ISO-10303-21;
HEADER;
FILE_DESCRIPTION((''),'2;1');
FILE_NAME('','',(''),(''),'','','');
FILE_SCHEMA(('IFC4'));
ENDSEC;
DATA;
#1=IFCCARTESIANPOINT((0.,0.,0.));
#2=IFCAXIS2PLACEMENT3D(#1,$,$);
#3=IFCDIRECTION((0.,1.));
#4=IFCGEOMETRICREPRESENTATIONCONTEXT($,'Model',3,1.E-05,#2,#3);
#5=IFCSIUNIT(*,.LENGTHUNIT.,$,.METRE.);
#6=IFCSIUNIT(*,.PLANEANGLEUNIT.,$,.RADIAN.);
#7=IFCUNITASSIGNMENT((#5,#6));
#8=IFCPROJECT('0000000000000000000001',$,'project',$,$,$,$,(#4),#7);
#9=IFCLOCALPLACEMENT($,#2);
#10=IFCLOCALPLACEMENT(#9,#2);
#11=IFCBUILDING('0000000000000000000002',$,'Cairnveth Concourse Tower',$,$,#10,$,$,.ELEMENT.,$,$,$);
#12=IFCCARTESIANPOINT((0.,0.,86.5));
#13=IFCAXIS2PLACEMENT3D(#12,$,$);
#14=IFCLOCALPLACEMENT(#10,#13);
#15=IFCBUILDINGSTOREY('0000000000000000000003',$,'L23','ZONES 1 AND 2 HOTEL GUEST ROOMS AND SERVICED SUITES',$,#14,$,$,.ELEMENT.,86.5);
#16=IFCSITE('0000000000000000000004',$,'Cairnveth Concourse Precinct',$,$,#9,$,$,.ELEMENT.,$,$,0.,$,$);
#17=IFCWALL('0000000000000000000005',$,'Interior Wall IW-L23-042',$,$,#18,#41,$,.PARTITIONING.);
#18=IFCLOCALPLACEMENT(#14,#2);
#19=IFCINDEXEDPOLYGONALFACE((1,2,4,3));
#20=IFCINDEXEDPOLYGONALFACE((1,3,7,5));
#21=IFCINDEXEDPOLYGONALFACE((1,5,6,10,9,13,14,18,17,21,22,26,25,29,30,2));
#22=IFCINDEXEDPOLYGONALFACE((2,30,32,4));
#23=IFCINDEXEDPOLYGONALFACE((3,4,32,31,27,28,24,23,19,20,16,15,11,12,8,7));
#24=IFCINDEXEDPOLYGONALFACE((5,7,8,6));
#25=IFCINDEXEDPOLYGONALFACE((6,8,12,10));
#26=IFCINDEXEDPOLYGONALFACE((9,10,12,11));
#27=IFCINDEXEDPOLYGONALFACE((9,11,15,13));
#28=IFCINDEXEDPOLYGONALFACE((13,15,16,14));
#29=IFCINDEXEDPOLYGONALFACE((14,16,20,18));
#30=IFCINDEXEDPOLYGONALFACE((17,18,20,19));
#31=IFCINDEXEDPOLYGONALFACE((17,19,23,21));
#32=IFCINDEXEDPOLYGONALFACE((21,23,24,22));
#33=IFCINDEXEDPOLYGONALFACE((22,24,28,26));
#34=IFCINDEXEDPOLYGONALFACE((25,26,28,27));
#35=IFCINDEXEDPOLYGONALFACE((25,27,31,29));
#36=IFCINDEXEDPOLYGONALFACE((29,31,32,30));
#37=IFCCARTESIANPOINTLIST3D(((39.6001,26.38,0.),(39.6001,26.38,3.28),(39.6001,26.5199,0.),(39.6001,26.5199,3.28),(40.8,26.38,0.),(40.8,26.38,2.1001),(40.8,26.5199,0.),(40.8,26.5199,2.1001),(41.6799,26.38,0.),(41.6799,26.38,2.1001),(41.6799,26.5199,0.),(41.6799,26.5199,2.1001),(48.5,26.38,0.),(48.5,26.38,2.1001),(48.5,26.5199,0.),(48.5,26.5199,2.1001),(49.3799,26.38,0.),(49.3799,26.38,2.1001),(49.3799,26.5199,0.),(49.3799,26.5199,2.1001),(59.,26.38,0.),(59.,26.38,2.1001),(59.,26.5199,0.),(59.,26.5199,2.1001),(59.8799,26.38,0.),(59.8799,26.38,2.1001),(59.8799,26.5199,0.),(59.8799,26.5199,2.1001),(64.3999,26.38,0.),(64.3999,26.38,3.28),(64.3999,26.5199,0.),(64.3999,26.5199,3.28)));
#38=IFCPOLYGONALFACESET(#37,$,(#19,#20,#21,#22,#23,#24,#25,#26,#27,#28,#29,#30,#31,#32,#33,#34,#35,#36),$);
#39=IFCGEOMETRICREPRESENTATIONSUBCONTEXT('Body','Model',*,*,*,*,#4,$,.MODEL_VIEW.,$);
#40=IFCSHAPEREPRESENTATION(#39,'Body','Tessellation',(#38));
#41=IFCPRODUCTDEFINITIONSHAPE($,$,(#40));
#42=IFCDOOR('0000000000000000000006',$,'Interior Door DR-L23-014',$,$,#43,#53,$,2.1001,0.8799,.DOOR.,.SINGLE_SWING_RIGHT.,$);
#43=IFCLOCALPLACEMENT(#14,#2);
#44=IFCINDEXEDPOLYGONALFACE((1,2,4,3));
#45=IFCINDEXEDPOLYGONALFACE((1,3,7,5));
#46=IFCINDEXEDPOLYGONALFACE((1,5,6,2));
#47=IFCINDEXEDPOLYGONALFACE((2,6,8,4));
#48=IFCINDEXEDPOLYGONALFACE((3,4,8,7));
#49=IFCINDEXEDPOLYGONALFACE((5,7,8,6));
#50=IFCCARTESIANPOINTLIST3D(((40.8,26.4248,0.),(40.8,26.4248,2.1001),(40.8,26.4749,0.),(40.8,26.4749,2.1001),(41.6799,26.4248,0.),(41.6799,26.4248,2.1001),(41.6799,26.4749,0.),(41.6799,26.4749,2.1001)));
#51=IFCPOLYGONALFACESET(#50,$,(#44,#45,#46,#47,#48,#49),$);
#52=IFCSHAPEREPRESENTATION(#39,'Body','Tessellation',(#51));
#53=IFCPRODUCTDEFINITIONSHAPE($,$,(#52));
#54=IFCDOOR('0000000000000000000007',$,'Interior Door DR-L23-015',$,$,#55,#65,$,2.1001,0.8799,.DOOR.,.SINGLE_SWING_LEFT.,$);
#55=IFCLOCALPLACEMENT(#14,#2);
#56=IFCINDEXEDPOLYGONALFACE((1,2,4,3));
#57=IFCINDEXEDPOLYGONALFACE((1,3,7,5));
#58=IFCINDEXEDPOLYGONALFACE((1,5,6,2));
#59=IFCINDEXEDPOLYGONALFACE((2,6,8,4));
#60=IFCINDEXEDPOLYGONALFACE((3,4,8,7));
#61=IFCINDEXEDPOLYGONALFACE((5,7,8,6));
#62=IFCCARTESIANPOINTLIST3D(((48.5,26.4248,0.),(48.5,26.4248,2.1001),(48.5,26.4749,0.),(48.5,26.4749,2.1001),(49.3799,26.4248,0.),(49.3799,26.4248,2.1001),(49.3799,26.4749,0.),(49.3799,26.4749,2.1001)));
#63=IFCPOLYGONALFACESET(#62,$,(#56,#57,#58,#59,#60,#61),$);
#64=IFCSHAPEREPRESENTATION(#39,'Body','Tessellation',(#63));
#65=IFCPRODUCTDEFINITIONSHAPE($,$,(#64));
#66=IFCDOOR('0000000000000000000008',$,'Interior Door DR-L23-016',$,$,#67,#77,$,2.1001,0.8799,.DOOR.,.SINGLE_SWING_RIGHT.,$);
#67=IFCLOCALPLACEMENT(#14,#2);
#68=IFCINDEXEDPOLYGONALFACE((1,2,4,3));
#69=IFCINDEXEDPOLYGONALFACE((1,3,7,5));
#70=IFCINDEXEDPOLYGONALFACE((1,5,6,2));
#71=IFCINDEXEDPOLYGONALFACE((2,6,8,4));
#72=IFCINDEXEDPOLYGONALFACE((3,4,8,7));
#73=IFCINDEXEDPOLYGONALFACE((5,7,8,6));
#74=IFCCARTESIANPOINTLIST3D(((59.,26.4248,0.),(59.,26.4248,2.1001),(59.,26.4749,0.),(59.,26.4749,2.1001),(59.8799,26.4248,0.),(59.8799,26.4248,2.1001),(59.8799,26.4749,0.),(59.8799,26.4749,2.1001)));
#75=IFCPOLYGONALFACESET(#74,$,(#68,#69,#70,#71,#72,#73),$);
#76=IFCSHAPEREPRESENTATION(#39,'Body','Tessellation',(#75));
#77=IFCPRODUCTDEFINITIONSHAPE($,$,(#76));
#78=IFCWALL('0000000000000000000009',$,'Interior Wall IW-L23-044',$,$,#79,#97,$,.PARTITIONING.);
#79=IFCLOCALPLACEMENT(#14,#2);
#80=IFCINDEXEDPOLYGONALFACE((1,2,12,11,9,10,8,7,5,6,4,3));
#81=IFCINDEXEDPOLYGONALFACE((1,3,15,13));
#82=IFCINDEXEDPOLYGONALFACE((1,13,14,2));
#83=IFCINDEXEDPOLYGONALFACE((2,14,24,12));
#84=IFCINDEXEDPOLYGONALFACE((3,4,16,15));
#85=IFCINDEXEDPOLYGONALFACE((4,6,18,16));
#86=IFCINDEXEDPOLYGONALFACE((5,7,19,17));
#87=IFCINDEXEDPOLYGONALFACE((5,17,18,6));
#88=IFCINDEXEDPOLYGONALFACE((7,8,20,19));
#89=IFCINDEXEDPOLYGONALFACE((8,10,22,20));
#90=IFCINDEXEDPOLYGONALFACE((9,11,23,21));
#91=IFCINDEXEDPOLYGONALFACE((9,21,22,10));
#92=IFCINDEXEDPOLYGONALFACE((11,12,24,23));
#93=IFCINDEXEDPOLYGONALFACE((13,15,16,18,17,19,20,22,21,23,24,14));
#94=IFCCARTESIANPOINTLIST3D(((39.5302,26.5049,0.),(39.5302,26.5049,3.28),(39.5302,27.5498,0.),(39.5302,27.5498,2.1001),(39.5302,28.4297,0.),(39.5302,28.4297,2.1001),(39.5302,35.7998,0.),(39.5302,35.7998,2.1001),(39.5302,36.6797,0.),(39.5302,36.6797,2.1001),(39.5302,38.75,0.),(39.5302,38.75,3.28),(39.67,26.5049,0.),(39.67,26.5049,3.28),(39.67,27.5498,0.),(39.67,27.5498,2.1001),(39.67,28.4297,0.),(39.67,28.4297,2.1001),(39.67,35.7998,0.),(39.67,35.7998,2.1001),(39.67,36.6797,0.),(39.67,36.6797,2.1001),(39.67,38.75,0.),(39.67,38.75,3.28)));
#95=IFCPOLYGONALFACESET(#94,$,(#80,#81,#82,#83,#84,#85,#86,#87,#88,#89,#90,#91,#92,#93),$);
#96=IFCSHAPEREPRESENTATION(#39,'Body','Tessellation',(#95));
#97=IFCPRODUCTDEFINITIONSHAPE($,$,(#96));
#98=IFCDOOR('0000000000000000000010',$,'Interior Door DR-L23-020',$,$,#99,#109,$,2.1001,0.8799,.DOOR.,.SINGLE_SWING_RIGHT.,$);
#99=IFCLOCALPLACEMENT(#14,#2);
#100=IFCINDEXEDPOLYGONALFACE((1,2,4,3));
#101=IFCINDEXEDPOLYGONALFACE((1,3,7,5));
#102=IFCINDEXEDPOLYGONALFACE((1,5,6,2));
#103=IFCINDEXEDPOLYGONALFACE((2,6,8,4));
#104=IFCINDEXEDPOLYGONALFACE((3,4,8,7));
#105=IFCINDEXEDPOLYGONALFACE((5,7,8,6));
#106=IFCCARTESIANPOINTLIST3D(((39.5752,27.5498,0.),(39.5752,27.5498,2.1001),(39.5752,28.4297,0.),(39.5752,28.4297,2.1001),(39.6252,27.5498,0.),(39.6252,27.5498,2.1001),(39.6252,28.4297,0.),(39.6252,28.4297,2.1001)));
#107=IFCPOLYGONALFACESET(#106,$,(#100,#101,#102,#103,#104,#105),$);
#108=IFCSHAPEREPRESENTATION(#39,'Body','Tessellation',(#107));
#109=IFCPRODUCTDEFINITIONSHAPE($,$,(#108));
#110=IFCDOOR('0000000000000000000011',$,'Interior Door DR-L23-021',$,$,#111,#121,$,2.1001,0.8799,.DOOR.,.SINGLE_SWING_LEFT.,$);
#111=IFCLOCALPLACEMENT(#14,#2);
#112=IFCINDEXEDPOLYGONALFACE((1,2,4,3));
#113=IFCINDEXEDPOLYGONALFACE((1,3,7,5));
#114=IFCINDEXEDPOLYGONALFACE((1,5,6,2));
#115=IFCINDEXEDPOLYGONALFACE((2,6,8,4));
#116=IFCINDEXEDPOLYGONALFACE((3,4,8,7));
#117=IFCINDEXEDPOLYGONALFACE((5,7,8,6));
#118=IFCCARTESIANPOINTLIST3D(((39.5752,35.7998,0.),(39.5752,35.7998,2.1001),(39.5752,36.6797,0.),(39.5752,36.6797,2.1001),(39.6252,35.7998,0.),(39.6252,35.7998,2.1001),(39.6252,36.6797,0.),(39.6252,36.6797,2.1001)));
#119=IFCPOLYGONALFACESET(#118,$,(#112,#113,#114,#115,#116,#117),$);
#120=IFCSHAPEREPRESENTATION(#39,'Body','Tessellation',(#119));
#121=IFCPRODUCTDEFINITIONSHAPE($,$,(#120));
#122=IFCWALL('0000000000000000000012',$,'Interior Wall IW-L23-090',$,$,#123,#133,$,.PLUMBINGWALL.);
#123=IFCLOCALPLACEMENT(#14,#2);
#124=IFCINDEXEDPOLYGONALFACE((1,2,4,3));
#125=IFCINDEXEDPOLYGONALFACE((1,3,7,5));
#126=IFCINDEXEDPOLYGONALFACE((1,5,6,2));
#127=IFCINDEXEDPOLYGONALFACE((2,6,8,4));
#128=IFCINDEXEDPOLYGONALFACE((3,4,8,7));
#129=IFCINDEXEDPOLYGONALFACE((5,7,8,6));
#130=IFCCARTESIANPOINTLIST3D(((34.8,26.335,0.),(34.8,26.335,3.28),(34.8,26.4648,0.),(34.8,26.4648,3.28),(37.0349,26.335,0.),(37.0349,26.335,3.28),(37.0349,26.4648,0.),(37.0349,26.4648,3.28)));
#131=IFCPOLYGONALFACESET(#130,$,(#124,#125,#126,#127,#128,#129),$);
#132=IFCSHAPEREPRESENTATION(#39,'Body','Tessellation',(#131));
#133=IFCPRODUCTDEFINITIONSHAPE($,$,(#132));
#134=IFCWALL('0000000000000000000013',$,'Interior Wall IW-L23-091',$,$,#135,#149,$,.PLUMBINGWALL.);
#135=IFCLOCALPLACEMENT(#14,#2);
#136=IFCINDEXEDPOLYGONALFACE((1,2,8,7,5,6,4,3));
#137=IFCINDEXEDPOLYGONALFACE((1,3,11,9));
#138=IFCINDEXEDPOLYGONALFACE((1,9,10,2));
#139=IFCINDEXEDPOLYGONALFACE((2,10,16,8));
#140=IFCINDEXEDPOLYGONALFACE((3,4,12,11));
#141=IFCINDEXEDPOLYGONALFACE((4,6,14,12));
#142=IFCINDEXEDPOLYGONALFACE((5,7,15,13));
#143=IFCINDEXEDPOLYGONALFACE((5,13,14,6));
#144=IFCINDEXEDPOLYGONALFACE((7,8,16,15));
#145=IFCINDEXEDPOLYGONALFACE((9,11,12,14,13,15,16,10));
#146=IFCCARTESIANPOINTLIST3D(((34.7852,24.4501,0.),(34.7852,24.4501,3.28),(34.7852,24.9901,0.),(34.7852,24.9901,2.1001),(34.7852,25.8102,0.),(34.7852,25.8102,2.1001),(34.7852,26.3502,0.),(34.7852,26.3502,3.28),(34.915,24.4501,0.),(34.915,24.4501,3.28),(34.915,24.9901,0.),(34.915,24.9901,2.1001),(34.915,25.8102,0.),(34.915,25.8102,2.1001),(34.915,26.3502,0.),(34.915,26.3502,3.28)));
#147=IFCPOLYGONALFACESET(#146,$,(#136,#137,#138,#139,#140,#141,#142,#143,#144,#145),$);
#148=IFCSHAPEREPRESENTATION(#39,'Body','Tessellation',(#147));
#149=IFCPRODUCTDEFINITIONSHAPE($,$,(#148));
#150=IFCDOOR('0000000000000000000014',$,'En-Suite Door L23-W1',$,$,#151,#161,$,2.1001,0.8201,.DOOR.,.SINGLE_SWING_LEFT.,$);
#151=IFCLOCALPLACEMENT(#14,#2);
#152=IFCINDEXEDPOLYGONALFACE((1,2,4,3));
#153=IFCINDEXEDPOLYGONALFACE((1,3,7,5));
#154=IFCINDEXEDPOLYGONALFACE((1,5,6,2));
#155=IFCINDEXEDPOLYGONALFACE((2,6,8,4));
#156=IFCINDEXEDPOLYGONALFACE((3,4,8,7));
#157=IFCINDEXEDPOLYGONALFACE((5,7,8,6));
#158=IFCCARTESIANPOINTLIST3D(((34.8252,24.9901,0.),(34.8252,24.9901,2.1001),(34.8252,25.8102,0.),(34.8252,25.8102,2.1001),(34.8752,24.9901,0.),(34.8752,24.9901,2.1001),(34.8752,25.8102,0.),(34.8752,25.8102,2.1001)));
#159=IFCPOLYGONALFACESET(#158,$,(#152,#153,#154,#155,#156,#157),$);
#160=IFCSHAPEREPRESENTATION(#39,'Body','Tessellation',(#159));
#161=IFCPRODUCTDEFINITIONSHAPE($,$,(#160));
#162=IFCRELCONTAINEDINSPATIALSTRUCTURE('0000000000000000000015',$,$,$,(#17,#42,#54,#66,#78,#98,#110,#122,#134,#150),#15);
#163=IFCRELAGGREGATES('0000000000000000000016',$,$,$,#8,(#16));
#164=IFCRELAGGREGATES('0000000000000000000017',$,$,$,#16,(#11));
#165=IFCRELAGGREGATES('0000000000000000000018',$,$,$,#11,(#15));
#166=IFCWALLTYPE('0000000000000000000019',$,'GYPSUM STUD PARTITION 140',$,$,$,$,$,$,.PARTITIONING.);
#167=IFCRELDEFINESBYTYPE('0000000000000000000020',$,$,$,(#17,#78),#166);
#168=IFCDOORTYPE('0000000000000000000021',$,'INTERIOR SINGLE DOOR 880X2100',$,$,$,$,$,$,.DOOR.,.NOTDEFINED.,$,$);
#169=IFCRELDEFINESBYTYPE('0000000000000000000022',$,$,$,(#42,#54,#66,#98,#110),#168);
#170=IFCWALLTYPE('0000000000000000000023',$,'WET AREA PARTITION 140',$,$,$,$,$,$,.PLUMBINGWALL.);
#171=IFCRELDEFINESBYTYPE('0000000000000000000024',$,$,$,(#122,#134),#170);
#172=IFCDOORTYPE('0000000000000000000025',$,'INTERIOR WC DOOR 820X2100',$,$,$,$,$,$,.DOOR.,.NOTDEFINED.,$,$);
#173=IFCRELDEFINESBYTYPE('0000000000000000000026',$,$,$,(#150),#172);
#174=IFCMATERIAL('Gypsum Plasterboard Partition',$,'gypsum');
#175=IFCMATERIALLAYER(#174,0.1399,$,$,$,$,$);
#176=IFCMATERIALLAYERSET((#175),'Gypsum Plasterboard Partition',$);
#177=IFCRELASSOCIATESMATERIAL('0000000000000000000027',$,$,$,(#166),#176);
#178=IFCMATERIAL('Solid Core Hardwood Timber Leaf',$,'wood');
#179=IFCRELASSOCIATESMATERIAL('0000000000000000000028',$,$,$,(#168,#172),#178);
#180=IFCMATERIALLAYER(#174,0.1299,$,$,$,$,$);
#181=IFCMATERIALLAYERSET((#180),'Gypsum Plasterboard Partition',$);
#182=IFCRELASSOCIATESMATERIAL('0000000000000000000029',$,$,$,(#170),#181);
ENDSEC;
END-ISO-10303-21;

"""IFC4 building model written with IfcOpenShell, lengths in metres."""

from ifc_helpers import new_model, si_unit, direction, frame, frame_2d, origin, place, context, subcontext, project, spatial, rectangle, extrude, material, layer, layer_set, type_object, element, fill, save


model = new_model("IFC4")

# Units and contexts
model_context = context("Model", 3, precision=1e-05, world=origin(), true_north=direction((0.0, 1.0)))
body_context = subcontext(model_context, "Body", "Model", "MODEL_VIEW")
ifc_project = project(units=[si_unit("LENGTHUNIT", "METRE"), si_unit("PLANEANGLEUNIT", "RADIAN")], contexts=[model_context])

# Site, building, storey
site_placement = place(None, origin())
site = spatial("IfcSite", under=ifc_project, at=site_placement, Name="Cairnveth Concourse Precinct", CompositionType="ELEMENT", RefElevation=0.0)
building_placement = place(site_placement, origin())
building = spatial("IfcBuilding", under=site, at=building_placement, Name="Cairnveth Concourse Tower", CompositionType="ELEMENT")
storey_placement = place(building_placement, frame((0.0, 0.0, 86.5)))
storey = spatial("IfcBuildingStorey", under=building, at=storey_placement, Name="L23", Description="ZONES 1 AND 2 HOTEL GUEST ROOMS AND SERVICED SUITES", CompositionType="ELEMENT", Elevation=86.5)

# Walls, openings, doors
ifc_material_1 = material(Name="Gypsum Plasterboard Partition", Category="gypsum")
ifc_material_2 = material(Name="Solid Core Hardwood Timber Leaf", Category="wood")
ifc_layer_1 = layer(ifc_material_1, 0.1399)
ifc_layer_set_1 = layer_set([ifc_layer_1], Name="Gypsum Plasterboard Partition")
wall_type_1 = type_object("IfcWallType", Name="GYPSUM STUD PARTITION 140", PredefinedType="PARTITIONING", material=ifc_layer_set_1)
wall_1_placement = place(storey_placement, frame((39.6001, 26.45, 0.0), z_axis=(0.0, 0.0, 1.0), x_axis=(1.0, 0.0, 0.0)))
wall_1 = element("IfcWall", 1, at=wall_1_placement, inside=storey, type_object=wall_type_1, Name="Interior Wall IW-L23-042", PredefinedType="PARTITIONING", context=body_context, shape_type="SweptSolid", body=[
    extrude(rectangle(XDim=24.7998, YDim=0.1399, at=frame_2d((12.3999, 0.0))), origin(), (0.0, 0.0, 1.0), 3.28),
])
opening_1_placement = place(wall_1_placement, frame((1.2, 0.0, 0.0)))
opening_1 = element("IfcOpeningElement", 2, at=opening_1_placement, cuts=wall_1, PredefinedType="OPENING", context=body_context, shape_type="SweptSolid", body=[
    extrude(rectangle(XDim=0.8799, YDim=2.1001, at=frame_2d((0.4399, 1.05))), frame((0.0, 0.0798, 0.0), z_axis=(0.0, -1.0, 0.0), x_axis=(1.0, 0.0, 0.0)), (0.0, 0.0, 1.0), 0.1599),
])
opening_2_placement = place(wall_1_placement, frame((8.8999, 0.0, 0.0)))
opening_2 = element("IfcOpeningElement", 3, at=opening_2_placement, cuts=wall_1, PredefinedType="OPENING", context=body_context, shape_type="SweptSolid", body=[
    extrude(rectangle(XDim=0.8799, YDim=2.1001, at=frame_2d((0.4399, 1.05))), frame((0.0, 0.0798, 0.0), z_axis=(0.0, -1.0, 0.0), x_axis=(1.0, 0.0, 0.0)), (0.0, 0.0, 1.0), 0.1599),
])
opening_3_placement = place(wall_1_placement, frame((19.3999, 0.0, 0.0)))
opening_3 = element("IfcOpeningElement", 4, at=opening_3_placement, cuts=wall_1, PredefinedType="OPENING", context=body_context, shape_type="SweptSolid", body=[
    extrude(rectangle(XDim=0.8799, YDim=2.1001, at=frame_2d((0.4399, 1.05))), frame((0.0, 0.0798, 0.0), z_axis=(0.0, -1.0, 0.0), x_axis=(1.0, 0.0, 0.0)), (0.0, 0.0, 1.0), 0.1599),
])
door_type_1 = type_object("IfcDoorType", Name="INTERIOR SINGLE DOOR 880X2100", OperationType="NOTDEFINED", PredefinedType="DOOR", material=ifc_material_2)
door_1_placement = place(opening_1_placement, origin())
door_1 = element("IfcDoor", 5, at=door_1_placement, inside=storey, type_object=door_type_1, Name="Interior Door DR-L23-014", OperationType="SINGLE_SWING_RIGHT", OverallHeight=2.1001, OverallWidth=0.8799, PredefinedType="DOOR", context=body_context, shape_type="SweptSolid", body=[
    extrude(rectangle(XDim=0.8799, YDim=2.1001, at=frame_2d((0.4399, 1.05))), frame((0.0, 0.0249, 0.0), z_axis=(0.0, -1.0, 0.0), x_axis=(1.0, 0.0, 0.0)), (0.0, 0.0, 1.0), 0.05),
])
fill(opening_1, door_1)
door_2_placement = place(opening_2_placement, origin())
door_2 = element("IfcDoor", 6, at=door_2_placement, inside=storey, type_object=door_type_1, Name="Interior Door DR-L23-015", OperationType="SINGLE_SWING_LEFT", OverallHeight=2.1001, OverallWidth=0.8799, PredefinedType="DOOR", context=body_context, shape_type="SweptSolid", body=[
    extrude(rectangle(XDim=0.8799, YDim=2.1001, at=frame_2d((0.4399, 1.05))), frame((0.0, 0.0249, 0.0), z_axis=(0.0, -1.0, 0.0), x_axis=(1.0, 0.0, 0.0)), (0.0, 0.0, 1.0), 0.05),
])
fill(opening_2, door_2)
door_3_placement = place(opening_3_placement, origin())
door_3 = element("IfcDoor", 7, at=door_3_placement, inside=storey, type_object=door_type_1, Name="Interior Door DR-L23-016", OperationType="SINGLE_SWING_RIGHT", OverallHeight=2.1001, OverallWidth=0.8799, PredefinedType="DOOR", context=body_context, shape_type="SweptSolid", body=[
    extrude(rectangle(XDim=0.8799, YDim=2.1001, at=frame_2d((0.4399, 1.05))), frame((0.0, 0.0249, 0.0), z_axis=(0.0, -1.0, 0.0), x_axis=(1.0, 0.0, 0.0)), (0.0, 0.0, 1.0), 0.05),
])
fill(opening_3, door_3)
wall_2_placement = place(storey_placement, frame((39.6001, 26.5049, 0.0), z_axis=(0.0, 0.0, 1.0), x_axis=(0.0, 1.0, 0.0)))
wall_2 = element("IfcWall", 8, at=wall_2_placement, inside=storey, type_object=wall_type_1, Name="Interior Wall IW-L23-044", PredefinedType="PARTITIONING", context=body_context, shape_type="SweptSolid", body=[
    extrude(rectangle(XDim=12.2451, YDim=0.1399, at=frame_2d((6.1226, 0.0))), origin(), (0.0, 0.0, 1.0), 3.28),
])
opening_4_placement = place(wall_2_placement, frame((1.0449, 0.0, 0.0)))
opening_4 = element("IfcOpeningElement", 9, at=opening_4_placement, cuts=wall_2, PredefinedType="OPENING", context=body_context, shape_type="SweptSolid", body=[
    extrude(rectangle(XDim=0.8799, YDim=2.1001, at=frame_2d((0.4399, 1.05))), frame((0.0, 0.0798, 0.0), z_axis=(0.0, -1.0, 0.0), x_axis=(1.0, 0.0, 0.0)), (0.0, 0.0, 1.0), 0.1599),
])
opening_5_placement = place(wall_2_placement, frame((9.2949, 0.0, 0.0)))
opening_5 = element("IfcOpeningElement", 10, at=opening_5_placement, cuts=wall_2, PredefinedType="OPENING", context=body_context, shape_type="SweptSolid", body=[
    extrude(rectangle(XDim=0.8799, YDim=2.1001, at=frame_2d((0.4399, 1.05))), frame((0.0, 0.0798, 0.0), z_axis=(0.0, -1.0, 0.0), x_axis=(1.0, 0.0, 0.0)), (0.0, 0.0, 1.0), 0.1599),
])
door_4_placement = place(opening_4_placement, origin())
door_4 = element("IfcDoor", 11, at=door_4_placement, inside=storey, type_object=door_type_1, Name="Interior Door DR-L23-020", OperationType="SINGLE_SWING_RIGHT", OverallHeight=2.1001, OverallWidth=0.8799, PredefinedType="DOOR", context=body_context, shape_type="SweptSolid", body=[
    extrude(rectangle(XDim=0.8799, YDim=2.1001, at=frame_2d((0.4399, 1.05))), frame((0.0, 0.0249, 0.0), z_axis=(0.0, -1.0, 0.0), x_axis=(1.0, 0.0, 0.0)), (0.0, 0.0, 1.0), 0.05),
])
fill(opening_4, door_4)
door_5_placement = place(opening_5_placement, origin())
door_5 = element("IfcDoor", 12, at=door_5_placement, inside=storey, type_object=door_type_1, Name="Interior Door DR-L23-021", OperationType="SINGLE_SWING_LEFT", OverallHeight=2.1001, OverallWidth=0.8799, PredefinedType="DOOR", context=body_context, shape_type="SweptSolid", body=[
    extrude(rectangle(XDim=0.8799, YDim=2.1001, at=frame_2d((0.4399, 1.05))), frame((0.0, 0.0249, 0.0), z_axis=(0.0, -1.0, 0.0), x_axis=(1.0, 0.0, 0.0)), (0.0, 0.0, 1.0), 0.05),
])
fill(opening_5, door_5)

# Wall
ifc_layer_2 = layer(ifc_material_1, 0.1299)
ifc_layer_set_2 = layer_set([ifc_layer_2], Name="Gypsum Plasterboard Partition")
wall_type_2 = type_object("IfcWallType", Name="WET AREA PARTITION 140", PredefinedType="PLUMBINGWALL", material=ifc_layer_set_2)
wall_3_placement = place(storey_placement, frame((34.8, 26.3999, 0.0), z_axis=(0.0, 0.0, 1.0), x_axis=(1.0, 0.0, 0.0)))
element("IfcWall", 13, at=wall_3_placement, inside=storey, type_object=wall_type_2, Name="Interior Wall IW-L23-090", PredefinedType="PLUMBINGWALL", context=body_context, shape_type="SweptSolid", body=[
    extrude(rectangle(XDim=2.2349, YDim=0.1299, at=frame_2d((1.1174, 0.0))), origin(), (0.0, 0.0, 1.0), 3.28),
])

# Wall, opening, door
wall_4_placement = place(storey_placement, frame((34.8501, 24.45, 0.0), z_axis=(0.0, 0.0, 1.0), x_axis=(0.0, 1.0, 0.0)))
wall_4 = element("IfcWall", 14, at=wall_4_placement, inside=storey, type_object=wall_type_2, Name="Interior Wall IW-L23-091", PredefinedType="PLUMBINGWALL", context=body_context, shape_type="SweptSolid", body=[
    extrude(rectangle(XDim=1.9001, YDim=0.1299, at=frame_2d((0.9502, 0.0))), origin(), (0.0, 0.0, 1.0), 3.28),
])
opening_6_placement = place(wall_4_placement, frame((0.54, 0.0, 0.0)))
opening_6 = element("IfcOpeningElement", 15, at=opening_6_placement, cuts=wall_4, PredefinedType="OPENING", context=body_context, shape_type="SweptSolid", body=[
    extrude(rectangle(XDim=0.8201, YDim=2.1001, at=frame_2d((0.4102, 1.05))), frame((0.0, 0.075, 0.0), z_axis=(0.0, -1.0, 0.0), x_axis=(1.0, 0.0, 0.0)), (0.0, 0.0, 1.0), 0.1499),
])
door_type_2 = type_object("IfcDoorType", Name="INTERIOR WC DOOR 820X2100", OperationType="NOTDEFINED", PredefinedType="DOOR", material=ifc_material_2)
door_6_placement = place(opening_6_placement, origin())
door_6 = element("IfcDoor", 16, at=door_6_placement, inside=storey, type_object=door_type_2, Name="En-Suite Door L23-W1", OperationType="SINGLE_SWING_LEFT", OverallHeight=2.1001, OverallWidth=0.8201, PredefinedType="DOOR", context=body_context, shape_type="SweptSolid", body=[
    extrude(rectangle(XDim=0.8201, YDim=2.1001, at=frame_2d((0.4102, 1.05))), frame((0.0, 0.0249, 0.0), z_axis=(0.0, -1.0, 0.0), x_axis=(1.0, 0.0, 0.0)), (0.0, 0.0, 1.0), 0.05),
])
fill(opening_6, door_6)

save(model, "model.ifc")
